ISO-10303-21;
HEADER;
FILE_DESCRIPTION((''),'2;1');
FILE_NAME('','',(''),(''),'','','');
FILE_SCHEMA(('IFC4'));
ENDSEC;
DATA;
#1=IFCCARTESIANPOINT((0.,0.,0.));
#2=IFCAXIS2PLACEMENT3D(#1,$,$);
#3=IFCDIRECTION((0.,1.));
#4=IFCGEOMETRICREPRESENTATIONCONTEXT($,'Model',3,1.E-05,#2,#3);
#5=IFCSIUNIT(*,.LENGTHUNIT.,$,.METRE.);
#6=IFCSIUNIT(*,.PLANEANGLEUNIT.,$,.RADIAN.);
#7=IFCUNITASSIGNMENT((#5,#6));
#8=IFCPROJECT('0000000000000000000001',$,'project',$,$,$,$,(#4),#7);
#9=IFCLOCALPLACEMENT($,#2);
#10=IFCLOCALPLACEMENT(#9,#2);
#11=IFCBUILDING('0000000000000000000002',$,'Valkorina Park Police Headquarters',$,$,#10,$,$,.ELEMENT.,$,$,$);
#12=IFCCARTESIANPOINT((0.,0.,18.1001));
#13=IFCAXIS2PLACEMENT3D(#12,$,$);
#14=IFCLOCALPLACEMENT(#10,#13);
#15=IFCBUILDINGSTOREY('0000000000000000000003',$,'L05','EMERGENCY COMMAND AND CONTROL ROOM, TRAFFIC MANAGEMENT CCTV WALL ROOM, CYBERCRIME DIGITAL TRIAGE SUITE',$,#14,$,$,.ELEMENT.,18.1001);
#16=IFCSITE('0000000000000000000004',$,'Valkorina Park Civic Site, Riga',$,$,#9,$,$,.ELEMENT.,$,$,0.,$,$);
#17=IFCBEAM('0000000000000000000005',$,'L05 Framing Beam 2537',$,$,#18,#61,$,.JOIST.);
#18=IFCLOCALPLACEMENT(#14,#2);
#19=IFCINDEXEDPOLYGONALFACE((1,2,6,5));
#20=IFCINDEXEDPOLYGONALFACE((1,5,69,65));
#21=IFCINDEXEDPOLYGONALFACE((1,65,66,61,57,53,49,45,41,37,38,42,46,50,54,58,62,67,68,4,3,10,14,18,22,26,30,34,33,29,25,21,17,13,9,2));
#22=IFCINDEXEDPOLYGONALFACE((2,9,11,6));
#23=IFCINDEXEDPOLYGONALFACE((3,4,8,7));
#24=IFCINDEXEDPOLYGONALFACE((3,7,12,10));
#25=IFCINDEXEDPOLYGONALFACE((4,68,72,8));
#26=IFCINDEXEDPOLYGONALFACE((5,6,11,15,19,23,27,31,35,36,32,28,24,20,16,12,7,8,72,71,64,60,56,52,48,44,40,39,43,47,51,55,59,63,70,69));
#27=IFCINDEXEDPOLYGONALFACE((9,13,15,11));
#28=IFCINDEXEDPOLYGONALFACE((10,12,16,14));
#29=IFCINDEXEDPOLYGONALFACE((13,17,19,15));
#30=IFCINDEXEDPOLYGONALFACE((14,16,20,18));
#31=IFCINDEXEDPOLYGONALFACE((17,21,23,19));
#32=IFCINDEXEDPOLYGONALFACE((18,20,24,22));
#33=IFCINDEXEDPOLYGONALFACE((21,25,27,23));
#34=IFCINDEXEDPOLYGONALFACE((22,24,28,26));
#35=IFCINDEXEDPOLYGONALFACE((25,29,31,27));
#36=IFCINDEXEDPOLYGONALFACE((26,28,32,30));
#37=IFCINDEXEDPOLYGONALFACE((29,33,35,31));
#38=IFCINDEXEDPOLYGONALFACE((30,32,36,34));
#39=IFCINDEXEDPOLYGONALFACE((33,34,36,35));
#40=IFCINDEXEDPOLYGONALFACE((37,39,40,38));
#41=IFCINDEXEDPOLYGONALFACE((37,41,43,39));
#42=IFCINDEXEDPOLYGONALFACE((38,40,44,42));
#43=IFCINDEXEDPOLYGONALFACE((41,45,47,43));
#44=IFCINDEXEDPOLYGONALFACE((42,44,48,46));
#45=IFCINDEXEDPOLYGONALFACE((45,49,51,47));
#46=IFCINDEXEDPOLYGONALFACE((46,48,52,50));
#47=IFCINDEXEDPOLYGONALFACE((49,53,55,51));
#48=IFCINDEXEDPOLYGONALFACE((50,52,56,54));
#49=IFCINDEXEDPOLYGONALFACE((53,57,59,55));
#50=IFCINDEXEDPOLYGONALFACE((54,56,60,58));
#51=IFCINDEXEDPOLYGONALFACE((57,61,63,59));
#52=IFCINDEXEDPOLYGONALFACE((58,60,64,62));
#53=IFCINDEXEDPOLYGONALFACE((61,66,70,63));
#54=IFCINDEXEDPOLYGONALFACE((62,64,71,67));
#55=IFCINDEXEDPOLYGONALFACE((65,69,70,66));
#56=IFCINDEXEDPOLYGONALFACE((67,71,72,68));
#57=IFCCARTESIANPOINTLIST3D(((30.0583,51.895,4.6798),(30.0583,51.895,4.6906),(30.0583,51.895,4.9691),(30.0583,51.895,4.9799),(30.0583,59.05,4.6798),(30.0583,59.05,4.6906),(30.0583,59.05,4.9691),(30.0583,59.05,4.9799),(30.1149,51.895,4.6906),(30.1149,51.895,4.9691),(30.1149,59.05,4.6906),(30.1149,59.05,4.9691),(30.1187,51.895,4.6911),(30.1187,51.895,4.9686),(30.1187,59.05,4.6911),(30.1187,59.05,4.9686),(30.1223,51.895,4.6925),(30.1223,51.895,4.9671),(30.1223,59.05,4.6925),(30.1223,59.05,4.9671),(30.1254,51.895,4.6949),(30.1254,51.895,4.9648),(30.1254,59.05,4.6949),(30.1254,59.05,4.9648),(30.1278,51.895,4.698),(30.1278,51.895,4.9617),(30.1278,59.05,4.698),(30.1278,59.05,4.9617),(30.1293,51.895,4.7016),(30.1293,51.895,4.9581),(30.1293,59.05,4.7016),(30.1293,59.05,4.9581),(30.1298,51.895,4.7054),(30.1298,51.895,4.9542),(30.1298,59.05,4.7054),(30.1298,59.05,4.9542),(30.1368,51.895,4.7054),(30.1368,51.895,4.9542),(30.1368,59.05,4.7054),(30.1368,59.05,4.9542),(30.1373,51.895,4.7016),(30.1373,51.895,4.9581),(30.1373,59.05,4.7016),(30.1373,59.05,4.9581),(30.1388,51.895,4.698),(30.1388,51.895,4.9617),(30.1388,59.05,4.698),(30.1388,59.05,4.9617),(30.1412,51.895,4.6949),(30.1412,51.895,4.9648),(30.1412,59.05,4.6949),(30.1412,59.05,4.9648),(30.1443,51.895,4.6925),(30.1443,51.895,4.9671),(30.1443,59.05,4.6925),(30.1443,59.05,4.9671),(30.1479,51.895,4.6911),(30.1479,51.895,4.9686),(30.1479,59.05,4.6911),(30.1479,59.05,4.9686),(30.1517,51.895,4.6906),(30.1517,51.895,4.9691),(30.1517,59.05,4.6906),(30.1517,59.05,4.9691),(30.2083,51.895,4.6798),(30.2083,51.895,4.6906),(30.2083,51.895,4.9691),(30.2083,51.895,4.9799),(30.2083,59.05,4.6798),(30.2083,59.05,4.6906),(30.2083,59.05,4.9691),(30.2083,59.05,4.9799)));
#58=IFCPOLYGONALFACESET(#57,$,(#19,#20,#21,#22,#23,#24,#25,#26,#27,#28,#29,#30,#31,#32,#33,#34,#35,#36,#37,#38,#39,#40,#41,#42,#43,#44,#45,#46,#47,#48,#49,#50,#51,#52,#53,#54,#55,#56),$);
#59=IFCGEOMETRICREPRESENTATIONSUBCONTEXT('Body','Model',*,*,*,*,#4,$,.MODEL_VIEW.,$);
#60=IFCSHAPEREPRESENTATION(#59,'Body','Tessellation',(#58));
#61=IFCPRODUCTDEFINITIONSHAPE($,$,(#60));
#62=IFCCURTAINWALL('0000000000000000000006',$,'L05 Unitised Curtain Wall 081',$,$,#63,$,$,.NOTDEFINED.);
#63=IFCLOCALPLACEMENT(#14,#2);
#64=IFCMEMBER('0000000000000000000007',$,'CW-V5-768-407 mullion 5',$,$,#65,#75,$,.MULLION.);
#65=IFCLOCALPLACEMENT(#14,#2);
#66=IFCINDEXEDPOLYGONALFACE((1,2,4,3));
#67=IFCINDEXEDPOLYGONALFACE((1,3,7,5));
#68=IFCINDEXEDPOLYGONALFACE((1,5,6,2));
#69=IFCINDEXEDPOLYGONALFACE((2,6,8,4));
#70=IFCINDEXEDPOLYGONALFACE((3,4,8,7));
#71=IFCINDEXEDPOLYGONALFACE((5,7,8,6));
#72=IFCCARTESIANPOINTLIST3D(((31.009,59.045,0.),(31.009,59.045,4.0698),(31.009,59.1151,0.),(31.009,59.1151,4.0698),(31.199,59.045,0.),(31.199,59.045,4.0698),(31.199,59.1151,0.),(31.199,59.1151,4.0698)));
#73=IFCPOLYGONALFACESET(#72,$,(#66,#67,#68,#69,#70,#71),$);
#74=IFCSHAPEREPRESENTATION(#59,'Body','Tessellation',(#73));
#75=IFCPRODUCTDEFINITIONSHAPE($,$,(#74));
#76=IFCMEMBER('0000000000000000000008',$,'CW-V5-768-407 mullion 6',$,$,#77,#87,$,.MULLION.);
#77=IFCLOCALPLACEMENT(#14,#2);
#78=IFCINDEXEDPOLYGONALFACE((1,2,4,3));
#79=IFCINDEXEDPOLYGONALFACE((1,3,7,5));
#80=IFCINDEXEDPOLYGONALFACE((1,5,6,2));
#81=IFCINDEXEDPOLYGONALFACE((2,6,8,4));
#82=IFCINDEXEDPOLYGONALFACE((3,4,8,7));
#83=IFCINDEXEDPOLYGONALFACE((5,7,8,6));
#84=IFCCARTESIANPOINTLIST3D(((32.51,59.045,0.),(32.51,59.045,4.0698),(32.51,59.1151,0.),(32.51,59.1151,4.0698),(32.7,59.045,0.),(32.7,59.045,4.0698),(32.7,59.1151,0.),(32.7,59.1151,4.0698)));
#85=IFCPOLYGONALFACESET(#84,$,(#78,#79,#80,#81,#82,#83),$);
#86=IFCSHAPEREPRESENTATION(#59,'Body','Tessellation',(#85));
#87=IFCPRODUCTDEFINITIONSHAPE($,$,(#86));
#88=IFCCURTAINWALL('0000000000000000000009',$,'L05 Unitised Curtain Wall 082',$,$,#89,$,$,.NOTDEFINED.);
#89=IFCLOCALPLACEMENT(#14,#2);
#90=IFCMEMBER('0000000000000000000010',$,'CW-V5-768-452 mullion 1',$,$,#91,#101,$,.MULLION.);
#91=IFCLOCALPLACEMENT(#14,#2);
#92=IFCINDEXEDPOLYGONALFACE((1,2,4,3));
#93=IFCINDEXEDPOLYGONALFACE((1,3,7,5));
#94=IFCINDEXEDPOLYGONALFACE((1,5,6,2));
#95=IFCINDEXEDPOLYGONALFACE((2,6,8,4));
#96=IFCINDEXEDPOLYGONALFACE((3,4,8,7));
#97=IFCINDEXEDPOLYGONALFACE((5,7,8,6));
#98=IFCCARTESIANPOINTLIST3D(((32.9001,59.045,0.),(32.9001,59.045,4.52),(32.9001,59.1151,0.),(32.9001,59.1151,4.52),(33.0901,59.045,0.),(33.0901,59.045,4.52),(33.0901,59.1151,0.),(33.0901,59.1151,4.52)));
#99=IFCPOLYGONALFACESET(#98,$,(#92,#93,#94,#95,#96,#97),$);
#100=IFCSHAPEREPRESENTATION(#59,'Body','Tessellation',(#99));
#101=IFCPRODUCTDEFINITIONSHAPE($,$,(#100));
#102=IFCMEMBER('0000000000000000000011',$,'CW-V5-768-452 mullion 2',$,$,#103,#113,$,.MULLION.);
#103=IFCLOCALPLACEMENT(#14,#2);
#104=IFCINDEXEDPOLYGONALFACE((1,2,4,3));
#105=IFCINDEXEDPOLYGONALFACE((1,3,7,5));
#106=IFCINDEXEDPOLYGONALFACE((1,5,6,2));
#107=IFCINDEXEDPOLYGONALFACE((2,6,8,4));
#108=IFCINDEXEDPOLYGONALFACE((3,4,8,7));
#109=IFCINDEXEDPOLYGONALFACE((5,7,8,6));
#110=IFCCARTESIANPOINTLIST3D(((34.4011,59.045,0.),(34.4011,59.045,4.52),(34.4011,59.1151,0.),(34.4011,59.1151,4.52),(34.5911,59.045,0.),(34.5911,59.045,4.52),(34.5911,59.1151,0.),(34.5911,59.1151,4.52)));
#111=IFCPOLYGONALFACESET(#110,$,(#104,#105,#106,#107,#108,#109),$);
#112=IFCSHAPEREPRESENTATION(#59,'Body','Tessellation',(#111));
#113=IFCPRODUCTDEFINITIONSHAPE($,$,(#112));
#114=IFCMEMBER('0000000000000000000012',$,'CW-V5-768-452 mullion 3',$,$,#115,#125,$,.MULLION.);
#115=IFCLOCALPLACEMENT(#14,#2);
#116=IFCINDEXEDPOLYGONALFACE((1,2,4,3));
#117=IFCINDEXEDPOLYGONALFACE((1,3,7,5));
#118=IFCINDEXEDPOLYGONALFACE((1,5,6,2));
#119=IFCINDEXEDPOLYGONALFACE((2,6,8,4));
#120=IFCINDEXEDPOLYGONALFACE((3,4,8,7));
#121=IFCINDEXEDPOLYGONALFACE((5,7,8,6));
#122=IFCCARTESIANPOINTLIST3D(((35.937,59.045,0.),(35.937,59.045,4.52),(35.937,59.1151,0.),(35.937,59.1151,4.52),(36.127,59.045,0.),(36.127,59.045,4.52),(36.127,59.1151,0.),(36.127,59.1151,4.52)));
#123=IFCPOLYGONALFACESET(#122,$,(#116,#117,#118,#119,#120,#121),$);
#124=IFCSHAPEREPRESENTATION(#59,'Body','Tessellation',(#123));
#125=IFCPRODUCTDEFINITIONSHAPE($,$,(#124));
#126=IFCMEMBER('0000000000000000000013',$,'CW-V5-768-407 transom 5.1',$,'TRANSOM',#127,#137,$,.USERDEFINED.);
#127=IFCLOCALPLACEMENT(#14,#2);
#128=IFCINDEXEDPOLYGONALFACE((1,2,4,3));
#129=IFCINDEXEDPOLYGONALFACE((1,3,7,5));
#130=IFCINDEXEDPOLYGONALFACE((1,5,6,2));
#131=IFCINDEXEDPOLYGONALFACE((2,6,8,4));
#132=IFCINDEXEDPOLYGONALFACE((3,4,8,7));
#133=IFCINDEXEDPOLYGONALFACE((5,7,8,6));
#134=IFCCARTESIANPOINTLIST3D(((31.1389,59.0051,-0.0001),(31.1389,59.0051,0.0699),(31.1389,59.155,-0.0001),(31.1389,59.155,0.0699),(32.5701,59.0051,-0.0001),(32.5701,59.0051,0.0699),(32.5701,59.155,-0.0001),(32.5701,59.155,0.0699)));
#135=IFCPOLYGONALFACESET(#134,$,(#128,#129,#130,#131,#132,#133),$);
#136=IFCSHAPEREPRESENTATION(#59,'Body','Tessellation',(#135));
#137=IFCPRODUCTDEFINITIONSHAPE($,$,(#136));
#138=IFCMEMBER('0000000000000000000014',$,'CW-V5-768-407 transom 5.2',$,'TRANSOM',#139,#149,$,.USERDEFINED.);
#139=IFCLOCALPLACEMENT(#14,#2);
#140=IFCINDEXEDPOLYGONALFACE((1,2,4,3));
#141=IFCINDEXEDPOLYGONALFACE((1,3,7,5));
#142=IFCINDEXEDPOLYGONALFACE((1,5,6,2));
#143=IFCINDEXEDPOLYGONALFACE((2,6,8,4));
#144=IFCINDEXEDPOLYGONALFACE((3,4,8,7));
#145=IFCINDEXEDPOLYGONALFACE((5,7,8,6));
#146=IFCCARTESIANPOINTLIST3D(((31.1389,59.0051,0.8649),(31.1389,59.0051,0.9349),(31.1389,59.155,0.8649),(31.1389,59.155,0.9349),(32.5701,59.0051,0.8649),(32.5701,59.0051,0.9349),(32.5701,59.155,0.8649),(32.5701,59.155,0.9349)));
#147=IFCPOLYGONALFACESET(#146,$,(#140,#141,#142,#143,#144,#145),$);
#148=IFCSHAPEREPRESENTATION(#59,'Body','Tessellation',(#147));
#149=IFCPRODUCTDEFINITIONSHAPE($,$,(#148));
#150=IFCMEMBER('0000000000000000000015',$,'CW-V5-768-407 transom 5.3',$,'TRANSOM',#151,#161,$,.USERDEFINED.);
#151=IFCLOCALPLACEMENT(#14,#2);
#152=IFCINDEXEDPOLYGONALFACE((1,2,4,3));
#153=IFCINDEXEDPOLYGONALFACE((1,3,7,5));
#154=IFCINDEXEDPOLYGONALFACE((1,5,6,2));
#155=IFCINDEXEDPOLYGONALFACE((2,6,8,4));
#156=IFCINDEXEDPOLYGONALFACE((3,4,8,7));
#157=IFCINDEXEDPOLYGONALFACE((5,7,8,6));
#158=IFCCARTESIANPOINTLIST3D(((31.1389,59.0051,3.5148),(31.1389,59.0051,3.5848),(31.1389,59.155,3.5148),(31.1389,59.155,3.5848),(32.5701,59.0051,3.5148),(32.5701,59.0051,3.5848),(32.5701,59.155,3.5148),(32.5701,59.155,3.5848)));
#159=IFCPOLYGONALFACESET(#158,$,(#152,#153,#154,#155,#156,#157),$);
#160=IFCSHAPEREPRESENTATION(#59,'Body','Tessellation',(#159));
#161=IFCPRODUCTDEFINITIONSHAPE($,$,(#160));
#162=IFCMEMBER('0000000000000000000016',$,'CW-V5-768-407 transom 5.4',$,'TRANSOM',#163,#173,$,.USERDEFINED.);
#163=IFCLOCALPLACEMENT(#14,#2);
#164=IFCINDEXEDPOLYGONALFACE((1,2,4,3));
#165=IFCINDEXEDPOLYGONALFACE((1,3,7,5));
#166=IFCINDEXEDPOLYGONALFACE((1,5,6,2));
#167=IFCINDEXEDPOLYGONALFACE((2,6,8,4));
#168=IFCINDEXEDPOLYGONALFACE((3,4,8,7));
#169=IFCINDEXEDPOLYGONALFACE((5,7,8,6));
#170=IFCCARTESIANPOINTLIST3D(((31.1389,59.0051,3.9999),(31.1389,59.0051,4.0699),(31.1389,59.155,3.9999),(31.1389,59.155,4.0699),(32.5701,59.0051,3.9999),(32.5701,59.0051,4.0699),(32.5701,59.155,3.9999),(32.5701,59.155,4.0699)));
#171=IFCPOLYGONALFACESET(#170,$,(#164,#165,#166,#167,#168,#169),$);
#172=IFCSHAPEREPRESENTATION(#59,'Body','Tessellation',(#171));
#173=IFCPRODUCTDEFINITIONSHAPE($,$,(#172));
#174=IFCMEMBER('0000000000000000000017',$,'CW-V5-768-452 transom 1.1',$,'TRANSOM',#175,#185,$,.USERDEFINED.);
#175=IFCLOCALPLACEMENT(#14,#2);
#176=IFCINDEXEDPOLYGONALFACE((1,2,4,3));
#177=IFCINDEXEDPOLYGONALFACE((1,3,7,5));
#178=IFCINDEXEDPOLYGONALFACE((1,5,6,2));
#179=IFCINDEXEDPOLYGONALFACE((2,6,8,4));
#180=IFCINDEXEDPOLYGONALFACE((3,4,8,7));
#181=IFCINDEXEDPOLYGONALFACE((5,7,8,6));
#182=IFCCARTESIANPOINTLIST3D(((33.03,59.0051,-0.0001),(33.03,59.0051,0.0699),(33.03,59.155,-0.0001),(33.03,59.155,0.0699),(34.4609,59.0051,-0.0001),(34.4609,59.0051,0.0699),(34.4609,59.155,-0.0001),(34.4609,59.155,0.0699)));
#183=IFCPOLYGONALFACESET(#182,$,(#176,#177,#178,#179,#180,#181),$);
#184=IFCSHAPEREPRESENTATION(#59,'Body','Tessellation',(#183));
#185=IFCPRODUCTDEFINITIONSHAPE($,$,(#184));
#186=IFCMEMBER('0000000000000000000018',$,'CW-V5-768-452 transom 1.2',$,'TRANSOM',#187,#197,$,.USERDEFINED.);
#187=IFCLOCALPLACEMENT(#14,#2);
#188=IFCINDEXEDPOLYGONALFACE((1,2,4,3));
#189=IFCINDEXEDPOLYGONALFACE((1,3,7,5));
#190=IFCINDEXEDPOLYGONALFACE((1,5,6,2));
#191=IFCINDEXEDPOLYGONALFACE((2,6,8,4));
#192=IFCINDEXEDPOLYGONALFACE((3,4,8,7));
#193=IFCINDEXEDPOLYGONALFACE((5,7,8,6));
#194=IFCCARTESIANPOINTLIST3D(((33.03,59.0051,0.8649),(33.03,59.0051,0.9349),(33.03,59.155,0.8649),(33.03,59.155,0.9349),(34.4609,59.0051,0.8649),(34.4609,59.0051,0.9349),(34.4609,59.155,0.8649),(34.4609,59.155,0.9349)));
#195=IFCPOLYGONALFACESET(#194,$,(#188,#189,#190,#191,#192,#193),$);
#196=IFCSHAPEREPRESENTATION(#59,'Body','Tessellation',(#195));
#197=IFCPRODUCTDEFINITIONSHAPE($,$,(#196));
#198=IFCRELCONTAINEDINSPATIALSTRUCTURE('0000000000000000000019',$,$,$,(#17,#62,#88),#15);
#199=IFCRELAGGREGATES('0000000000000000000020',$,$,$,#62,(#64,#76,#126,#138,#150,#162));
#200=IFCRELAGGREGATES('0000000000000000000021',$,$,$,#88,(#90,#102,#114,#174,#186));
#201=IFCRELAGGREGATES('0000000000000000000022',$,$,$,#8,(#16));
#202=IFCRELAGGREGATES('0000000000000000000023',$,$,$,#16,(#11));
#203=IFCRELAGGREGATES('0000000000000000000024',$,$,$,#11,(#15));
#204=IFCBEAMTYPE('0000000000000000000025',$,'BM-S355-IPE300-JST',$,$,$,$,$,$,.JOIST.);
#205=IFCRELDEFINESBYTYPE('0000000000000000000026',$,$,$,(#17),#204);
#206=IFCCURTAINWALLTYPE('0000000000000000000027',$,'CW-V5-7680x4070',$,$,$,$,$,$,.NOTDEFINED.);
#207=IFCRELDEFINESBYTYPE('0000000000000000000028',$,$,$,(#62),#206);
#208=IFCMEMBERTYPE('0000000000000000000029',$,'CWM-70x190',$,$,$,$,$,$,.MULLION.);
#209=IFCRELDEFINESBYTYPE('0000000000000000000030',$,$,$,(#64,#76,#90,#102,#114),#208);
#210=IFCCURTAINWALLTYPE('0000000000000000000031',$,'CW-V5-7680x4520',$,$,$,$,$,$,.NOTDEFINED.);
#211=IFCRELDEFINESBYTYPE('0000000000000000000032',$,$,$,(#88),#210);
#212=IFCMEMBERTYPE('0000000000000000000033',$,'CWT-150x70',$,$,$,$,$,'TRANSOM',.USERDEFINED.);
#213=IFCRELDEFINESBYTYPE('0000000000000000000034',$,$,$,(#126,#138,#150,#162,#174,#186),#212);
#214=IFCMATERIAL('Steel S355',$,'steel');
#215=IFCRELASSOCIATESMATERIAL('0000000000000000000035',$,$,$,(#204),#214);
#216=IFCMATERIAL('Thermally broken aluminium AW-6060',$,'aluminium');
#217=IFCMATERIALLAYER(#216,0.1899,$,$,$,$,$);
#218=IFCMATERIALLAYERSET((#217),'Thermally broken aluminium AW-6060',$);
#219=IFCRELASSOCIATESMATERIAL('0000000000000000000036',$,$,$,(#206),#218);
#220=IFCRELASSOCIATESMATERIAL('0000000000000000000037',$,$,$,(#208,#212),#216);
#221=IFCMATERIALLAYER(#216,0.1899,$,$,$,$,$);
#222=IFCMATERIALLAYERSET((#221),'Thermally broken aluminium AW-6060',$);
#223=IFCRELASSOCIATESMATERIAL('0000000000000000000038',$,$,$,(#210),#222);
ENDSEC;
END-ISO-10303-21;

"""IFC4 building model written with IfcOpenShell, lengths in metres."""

from ifc_helpers import new_model, si_unit, direction, frame, origin, origin_2d, place, context, subcontext, project, spatial, rectangle, i_section, extrude, material, layer, layer_set, material_profile, profile_set, type_object, element, aggregate, save


model = new_model("IFC4")

# Units and contexts
model_context = context("Model", 3, precision=1e-05, world=origin(), true_north=direction((0.0, 1.0)))
body_context = subcontext(model_context, "Body", "Model", "MODEL_VIEW")
ifc_project = project(units=[si_unit("LENGTHUNIT", "METRE"), si_unit("PLANEANGLEUNIT", "RADIAN")], contexts=[model_context])

# Site, building, storey
site_placement = place(None, origin())
site = spatial("IfcSite", under=ifc_project, at=site_placement, Name="Valkorina Park Civic Site, Riga", CompositionType="ELEMENT", RefElevation=0.0)
building_placement = place(site_placement, origin())
building = spatial("IfcBuilding", under=site, at=building_placement, Name="Valkorina Park Police Headquarters", CompositionType="ELEMENT")
storey_placement = place(building_placement, frame((0.0, 0.0, 18.1001)))
storey = spatial("IfcBuildingStorey", under=building, at=storey_placement, Name="L05", Description="EMERGENCY COMMAND AND CONTROL ROOM, TRAFFIC MANAGEMENT CCTV WALL ROOM, CYBERCRIME DIGITAL TRIAGE SUITE", CompositionType="ELEMENT", Elevation=18.1001)

# Shared definitions
ifc_material_1 = material(Name="Steel S355", Category="steel")

# Beam
ifc_material_profile_1 = material_profile(ifc_material_1, i_section(OverallWidth=0.1499, OverallDepth=0.3, WebThickness=0.0071, FlangeThickness=0.0107, FilletRadius=0.0149, at=origin_2d()), Name="IPE 300")
ifc_profile_set_1 = profile_set([ifc_material_profile_1], Name="Steel S355")
beam_type_1 = type_object("IfcBeamType", Name="BM-S355-IPE300-JST", PredefinedType="JOIST", material=ifc_profile_set_1)
beam_1_placement = place(storey_placement, frame((30.1333, 51.895, 4.8298), z_axis=(0.0, 1.0, 0.0), x_axis=(-1.0, 0.0, 0.0)))
element("IfcBeam", 1, at=beam_1_placement, inside=storey, type_object=beam_type_1, Name="L05 Framing Beam 2537", PredefinedType="JOIST", context=body_context, shape_type="SweptSolid", body=[
    extrude(i_section(OverallWidth=0.1499, OverallDepth=0.3, WebThickness=0.0071, FlangeThickness=0.0107, FilletRadius=0.0149, at=origin_2d()), origin(), (0.0, 0.0, 1.0), 7.155),
])

# Curtain walls, members
ifc_material_2 = material(Name="Thermally broken aluminium AW-6060", Category="aluminium")
ifc_layer_1 = layer(ifc_material_2, 0.1899)
ifc_layer_set_1 = layer_set([ifc_layer_1], Name="Thermally broken aluminium AW-6060")
curtain_wall_type_1 = type_object("IfcCurtainWallType", Name="CW-V5-7680x4070", PredefinedType="NOTDEFINED", material=ifc_layer_set_1)
curtain_wall_1_placement = place(storey_placement, origin())
curtain_wall_1 = element("IfcCurtainWall", 2, at=curtain_wall_1_placement, inside=storey, type_object=curtain_wall_type_1, Name="L05 Unitised Curtain Wall 081", PredefinedType="NOTDEFINED")
ifc_material_profile_2 = material_profile(ifc_material_2, rectangle(XDim=0.0701, YDim=0.1899, at=origin_2d()), Name="CWM-02 70x190")
ifc_profile_set_2 = profile_set([ifc_material_profile_2], Name="Thermally broken aluminium AW-6060")
member_type_1 = type_object("IfcMemberType", Name="CWM-70x190", PredefinedType="MULLION", material=ifc_profile_set_2)
member_1_placement = place(storey_placement, frame((31.104, 59.0801, 0.0), z_axis=(0.0, 0.0, 1.0), x_axis=(0.0, 1.0, 0.0)))
member_1 = element("IfcMember", 3, at=member_1_placement, type_object=member_type_1, Name="CW-V5-768-407 mullion 5", PredefinedType="MULLION", context=body_context, shape_type="SweptSolid", body=[
    extrude(rectangle(XDim=0.0701, YDim=0.1899, at=origin_2d()), origin(), (0.0, 0.0, 1.0), 4.0698),
])
member_2_placement = place(storey_placement, frame((32.605, 59.0801, 0.0), z_axis=(0.0, 0.0, 1.0), x_axis=(0.0, 1.0, 0.0)))
member_2 = element("IfcMember", 4, at=member_2_placement, type_object=member_type_1, Name="CW-V5-768-407 mullion 6", PredefinedType="MULLION", context=body_context, shape_type="SweptSolid", body=[
    extrude(rectangle(XDim=0.0701, YDim=0.1899, at=origin_2d()), origin(), (0.0, 0.0, 1.0), 4.0698),
])
ifc_layer_2 = layer(ifc_material_2, 0.1899)
ifc_layer_set_2 = layer_set([ifc_layer_2], Name="Thermally broken aluminium AW-6060")
curtain_wall_type_2 = type_object("IfcCurtainWallType", Name="CW-V5-7680x4520", PredefinedType="NOTDEFINED", material=ifc_layer_set_2)
curtain_wall_2_placement = place(storey_placement, origin())
curtain_wall_2 = element("IfcCurtainWall", 5, at=curtain_wall_2_placement, inside=storey, type_object=curtain_wall_type_2, Name="L05 Unitised Curtain Wall 082", PredefinedType="NOTDEFINED")
member_3_placement = place(storey_placement, frame((32.9951, 59.0801, 0.0), z_axis=(0.0, 0.0, 1.0), x_axis=(0.0, 1.0, 0.0)))
member_3 = element("IfcMember", 6, at=member_3_placement, type_object=member_type_1, Name="CW-V5-768-452 mullion 1", PredefinedType="MULLION", context=body_context, shape_type="SweptSolid", body=[
    extrude(rectangle(XDim=0.0701, YDim=0.1899, at=origin_2d()), origin(), (0.0, 0.0, 1.0), 4.52),
])
member_4_placement = place(storey_placement, frame((34.4961, 59.0801, 0.0), z_axis=(0.0, 0.0, 1.0), x_axis=(0.0, 1.0, 0.0)))
member_4 = element("IfcMember", 7, at=member_4_placement, type_object=member_type_1, Name="CW-V5-768-452 mullion 2", PredefinedType="MULLION", context=body_context, shape_type="SweptSolid", body=[
    extrude(rectangle(XDim=0.0701, YDim=0.1899, at=origin_2d()), origin(), (0.0, 0.0, 1.0), 4.52),
])
member_5_placement = place(storey_placement, frame((36.032, 59.0801, 0.0), z_axis=(0.0, 0.0, 1.0), x_axis=(0.0, 1.0, 0.0)))
member_5 = element("IfcMember", 8, at=member_5_placement, type_object=member_type_1, Name="CW-V5-768-452 mullion 3", PredefinedType="MULLION", context=body_context, shape_type="SweptSolid", body=[
    extrude(rectangle(XDim=0.0701, YDim=0.1899, at=origin_2d()), origin(), (0.0, 0.0, 1.0), 4.52),
])

# Members
ifc_material_profile_3 = material_profile(ifc_material_2, rectangle(XDim=0.1499, YDim=0.0701, at=origin_2d()), Name="CWT-02 150x70")
ifc_profile_set_3 = profile_set([ifc_material_profile_3], Name="Thermally broken aluminium AW-6060")
member_type_2 = type_object("IfcMemberType", Name="CWT-150x70", ElementType="TRANSOM", PredefinedType="USERDEFINED", material=ifc_profile_set_3)
member_6_placement = place(storey_placement, frame((31.1389, 59.0801, 0.0349), z_axis=(1.0, 0.0, 0.0), x_axis=(0.0, 1.0, 0.0)))
member_6 = element("IfcMember", 9, at=member_6_placement, type_object=member_type_2, Name="CW-V5-768-407 transom 5.1", ObjectType="TRANSOM", PredefinedType="USERDEFINED", context=body_context, shape_type="SweptSolid", body=[
    extrude(rectangle(XDim=0.1499, YDim=0.0701, at=origin_2d()), origin(), (0.0, 0.0, 1.0), 1.4312),
])
member_7_placement = place(storey_placement, frame((31.1389, 59.0801, 0.8999), z_axis=(1.0, 0.0, 0.0), x_axis=(0.0, 1.0, 0.0)))
member_7 = element("IfcMember", 10, at=member_7_placement, type_object=member_type_2, Name="CW-V5-768-407 transom 5.2", ObjectType="TRANSOM", PredefinedType="USERDEFINED", context=body_context, shape_type="SweptSolid", body=[
    extrude(rectangle(XDim=0.1499, YDim=0.0701, at=origin_2d()), origin(), (0.0, 0.0, 1.0), 1.4312),
])
member_8_placement = place(storey_placement, frame((31.1389, 59.0801, 3.5498), z_axis=(1.0, 0.0, 0.0), x_axis=(0.0, 1.0, 0.0)))
member_8 = element("IfcMember", 11, at=member_8_placement, type_object=member_type_2, Name="CW-V5-768-407 transom 5.3", ObjectType="TRANSOM", PredefinedType="USERDEFINED", context=body_context, shape_type="SweptSolid", body=[
    extrude(rectangle(XDim=0.1499, YDim=0.0701, at=origin_2d()), origin(), (0.0, 0.0, 1.0), 1.4312),
])
member_9_placement = place(storey_placement, frame((31.1389, 59.0801, 4.0349), z_axis=(1.0, 0.0, 0.0), x_axis=(0.0, 1.0, 0.0)))
member_9 = element("IfcMember", 12, at=member_9_placement, type_object=member_type_2, Name="CW-V5-768-407 transom 5.4", ObjectType="TRANSOM", PredefinedType="USERDEFINED", context=body_context, shape_type="SweptSolid", body=[
    extrude(rectangle(XDim=0.1499, YDim=0.0701, at=origin_2d()), origin(), (0.0, 0.0, 1.0), 1.4312),
])
member_10_placement = place(storey_placement, frame((33.03, 59.0801, 0.0349), z_axis=(1.0, 0.0, 0.0), x_axis=(0.0, 1.0, 0.0)))
member_10 = element("IfcMember", 13, at=member_10_placement, type_object=member_type_2, Name="CW-V5-768-452 transom 1.1", ObjectType="TRANSOM", PredefinedType="USERDEFINED", context=body_context, shape_type="SweptSolid", body=[
    extrude(rectangle(XDim=0.1499, YDim=0.0701, at=origin_2d()), origin(), (0.0, 0.0, 1.0), 1.4309),
])
member_11_placement = place(storey_placement, frame((33.03, 59.0801, 0.8999), z_axis=(1.0, 0.0, 0.0), x_axis=(0.0, 1.0, 0.0)))
member_11 = element("IfcMember", 14, at=member_11_placement, type_object=member_type_2, Name="CW-V5-768-452 transom 1.2", ObjectType="TRANSOM", PredefinedType="USERDEFINED", context=body_context, shape_type="SweptSolid", body=[
    extrude(rectangle(XDim=0.1499, YDim=0.0701, at=origin_2d()), origin(), (0.0, 0.0, 1.0), 1.4309),
])

aggregate(curtain_wall_1, [member_1, member_2, member_6, member_7, member_8, member_9])
aggregate(curtain_wall_2, [member_3, member_4, member_5, member_10, member_11])

save(model, "model.ifc")
